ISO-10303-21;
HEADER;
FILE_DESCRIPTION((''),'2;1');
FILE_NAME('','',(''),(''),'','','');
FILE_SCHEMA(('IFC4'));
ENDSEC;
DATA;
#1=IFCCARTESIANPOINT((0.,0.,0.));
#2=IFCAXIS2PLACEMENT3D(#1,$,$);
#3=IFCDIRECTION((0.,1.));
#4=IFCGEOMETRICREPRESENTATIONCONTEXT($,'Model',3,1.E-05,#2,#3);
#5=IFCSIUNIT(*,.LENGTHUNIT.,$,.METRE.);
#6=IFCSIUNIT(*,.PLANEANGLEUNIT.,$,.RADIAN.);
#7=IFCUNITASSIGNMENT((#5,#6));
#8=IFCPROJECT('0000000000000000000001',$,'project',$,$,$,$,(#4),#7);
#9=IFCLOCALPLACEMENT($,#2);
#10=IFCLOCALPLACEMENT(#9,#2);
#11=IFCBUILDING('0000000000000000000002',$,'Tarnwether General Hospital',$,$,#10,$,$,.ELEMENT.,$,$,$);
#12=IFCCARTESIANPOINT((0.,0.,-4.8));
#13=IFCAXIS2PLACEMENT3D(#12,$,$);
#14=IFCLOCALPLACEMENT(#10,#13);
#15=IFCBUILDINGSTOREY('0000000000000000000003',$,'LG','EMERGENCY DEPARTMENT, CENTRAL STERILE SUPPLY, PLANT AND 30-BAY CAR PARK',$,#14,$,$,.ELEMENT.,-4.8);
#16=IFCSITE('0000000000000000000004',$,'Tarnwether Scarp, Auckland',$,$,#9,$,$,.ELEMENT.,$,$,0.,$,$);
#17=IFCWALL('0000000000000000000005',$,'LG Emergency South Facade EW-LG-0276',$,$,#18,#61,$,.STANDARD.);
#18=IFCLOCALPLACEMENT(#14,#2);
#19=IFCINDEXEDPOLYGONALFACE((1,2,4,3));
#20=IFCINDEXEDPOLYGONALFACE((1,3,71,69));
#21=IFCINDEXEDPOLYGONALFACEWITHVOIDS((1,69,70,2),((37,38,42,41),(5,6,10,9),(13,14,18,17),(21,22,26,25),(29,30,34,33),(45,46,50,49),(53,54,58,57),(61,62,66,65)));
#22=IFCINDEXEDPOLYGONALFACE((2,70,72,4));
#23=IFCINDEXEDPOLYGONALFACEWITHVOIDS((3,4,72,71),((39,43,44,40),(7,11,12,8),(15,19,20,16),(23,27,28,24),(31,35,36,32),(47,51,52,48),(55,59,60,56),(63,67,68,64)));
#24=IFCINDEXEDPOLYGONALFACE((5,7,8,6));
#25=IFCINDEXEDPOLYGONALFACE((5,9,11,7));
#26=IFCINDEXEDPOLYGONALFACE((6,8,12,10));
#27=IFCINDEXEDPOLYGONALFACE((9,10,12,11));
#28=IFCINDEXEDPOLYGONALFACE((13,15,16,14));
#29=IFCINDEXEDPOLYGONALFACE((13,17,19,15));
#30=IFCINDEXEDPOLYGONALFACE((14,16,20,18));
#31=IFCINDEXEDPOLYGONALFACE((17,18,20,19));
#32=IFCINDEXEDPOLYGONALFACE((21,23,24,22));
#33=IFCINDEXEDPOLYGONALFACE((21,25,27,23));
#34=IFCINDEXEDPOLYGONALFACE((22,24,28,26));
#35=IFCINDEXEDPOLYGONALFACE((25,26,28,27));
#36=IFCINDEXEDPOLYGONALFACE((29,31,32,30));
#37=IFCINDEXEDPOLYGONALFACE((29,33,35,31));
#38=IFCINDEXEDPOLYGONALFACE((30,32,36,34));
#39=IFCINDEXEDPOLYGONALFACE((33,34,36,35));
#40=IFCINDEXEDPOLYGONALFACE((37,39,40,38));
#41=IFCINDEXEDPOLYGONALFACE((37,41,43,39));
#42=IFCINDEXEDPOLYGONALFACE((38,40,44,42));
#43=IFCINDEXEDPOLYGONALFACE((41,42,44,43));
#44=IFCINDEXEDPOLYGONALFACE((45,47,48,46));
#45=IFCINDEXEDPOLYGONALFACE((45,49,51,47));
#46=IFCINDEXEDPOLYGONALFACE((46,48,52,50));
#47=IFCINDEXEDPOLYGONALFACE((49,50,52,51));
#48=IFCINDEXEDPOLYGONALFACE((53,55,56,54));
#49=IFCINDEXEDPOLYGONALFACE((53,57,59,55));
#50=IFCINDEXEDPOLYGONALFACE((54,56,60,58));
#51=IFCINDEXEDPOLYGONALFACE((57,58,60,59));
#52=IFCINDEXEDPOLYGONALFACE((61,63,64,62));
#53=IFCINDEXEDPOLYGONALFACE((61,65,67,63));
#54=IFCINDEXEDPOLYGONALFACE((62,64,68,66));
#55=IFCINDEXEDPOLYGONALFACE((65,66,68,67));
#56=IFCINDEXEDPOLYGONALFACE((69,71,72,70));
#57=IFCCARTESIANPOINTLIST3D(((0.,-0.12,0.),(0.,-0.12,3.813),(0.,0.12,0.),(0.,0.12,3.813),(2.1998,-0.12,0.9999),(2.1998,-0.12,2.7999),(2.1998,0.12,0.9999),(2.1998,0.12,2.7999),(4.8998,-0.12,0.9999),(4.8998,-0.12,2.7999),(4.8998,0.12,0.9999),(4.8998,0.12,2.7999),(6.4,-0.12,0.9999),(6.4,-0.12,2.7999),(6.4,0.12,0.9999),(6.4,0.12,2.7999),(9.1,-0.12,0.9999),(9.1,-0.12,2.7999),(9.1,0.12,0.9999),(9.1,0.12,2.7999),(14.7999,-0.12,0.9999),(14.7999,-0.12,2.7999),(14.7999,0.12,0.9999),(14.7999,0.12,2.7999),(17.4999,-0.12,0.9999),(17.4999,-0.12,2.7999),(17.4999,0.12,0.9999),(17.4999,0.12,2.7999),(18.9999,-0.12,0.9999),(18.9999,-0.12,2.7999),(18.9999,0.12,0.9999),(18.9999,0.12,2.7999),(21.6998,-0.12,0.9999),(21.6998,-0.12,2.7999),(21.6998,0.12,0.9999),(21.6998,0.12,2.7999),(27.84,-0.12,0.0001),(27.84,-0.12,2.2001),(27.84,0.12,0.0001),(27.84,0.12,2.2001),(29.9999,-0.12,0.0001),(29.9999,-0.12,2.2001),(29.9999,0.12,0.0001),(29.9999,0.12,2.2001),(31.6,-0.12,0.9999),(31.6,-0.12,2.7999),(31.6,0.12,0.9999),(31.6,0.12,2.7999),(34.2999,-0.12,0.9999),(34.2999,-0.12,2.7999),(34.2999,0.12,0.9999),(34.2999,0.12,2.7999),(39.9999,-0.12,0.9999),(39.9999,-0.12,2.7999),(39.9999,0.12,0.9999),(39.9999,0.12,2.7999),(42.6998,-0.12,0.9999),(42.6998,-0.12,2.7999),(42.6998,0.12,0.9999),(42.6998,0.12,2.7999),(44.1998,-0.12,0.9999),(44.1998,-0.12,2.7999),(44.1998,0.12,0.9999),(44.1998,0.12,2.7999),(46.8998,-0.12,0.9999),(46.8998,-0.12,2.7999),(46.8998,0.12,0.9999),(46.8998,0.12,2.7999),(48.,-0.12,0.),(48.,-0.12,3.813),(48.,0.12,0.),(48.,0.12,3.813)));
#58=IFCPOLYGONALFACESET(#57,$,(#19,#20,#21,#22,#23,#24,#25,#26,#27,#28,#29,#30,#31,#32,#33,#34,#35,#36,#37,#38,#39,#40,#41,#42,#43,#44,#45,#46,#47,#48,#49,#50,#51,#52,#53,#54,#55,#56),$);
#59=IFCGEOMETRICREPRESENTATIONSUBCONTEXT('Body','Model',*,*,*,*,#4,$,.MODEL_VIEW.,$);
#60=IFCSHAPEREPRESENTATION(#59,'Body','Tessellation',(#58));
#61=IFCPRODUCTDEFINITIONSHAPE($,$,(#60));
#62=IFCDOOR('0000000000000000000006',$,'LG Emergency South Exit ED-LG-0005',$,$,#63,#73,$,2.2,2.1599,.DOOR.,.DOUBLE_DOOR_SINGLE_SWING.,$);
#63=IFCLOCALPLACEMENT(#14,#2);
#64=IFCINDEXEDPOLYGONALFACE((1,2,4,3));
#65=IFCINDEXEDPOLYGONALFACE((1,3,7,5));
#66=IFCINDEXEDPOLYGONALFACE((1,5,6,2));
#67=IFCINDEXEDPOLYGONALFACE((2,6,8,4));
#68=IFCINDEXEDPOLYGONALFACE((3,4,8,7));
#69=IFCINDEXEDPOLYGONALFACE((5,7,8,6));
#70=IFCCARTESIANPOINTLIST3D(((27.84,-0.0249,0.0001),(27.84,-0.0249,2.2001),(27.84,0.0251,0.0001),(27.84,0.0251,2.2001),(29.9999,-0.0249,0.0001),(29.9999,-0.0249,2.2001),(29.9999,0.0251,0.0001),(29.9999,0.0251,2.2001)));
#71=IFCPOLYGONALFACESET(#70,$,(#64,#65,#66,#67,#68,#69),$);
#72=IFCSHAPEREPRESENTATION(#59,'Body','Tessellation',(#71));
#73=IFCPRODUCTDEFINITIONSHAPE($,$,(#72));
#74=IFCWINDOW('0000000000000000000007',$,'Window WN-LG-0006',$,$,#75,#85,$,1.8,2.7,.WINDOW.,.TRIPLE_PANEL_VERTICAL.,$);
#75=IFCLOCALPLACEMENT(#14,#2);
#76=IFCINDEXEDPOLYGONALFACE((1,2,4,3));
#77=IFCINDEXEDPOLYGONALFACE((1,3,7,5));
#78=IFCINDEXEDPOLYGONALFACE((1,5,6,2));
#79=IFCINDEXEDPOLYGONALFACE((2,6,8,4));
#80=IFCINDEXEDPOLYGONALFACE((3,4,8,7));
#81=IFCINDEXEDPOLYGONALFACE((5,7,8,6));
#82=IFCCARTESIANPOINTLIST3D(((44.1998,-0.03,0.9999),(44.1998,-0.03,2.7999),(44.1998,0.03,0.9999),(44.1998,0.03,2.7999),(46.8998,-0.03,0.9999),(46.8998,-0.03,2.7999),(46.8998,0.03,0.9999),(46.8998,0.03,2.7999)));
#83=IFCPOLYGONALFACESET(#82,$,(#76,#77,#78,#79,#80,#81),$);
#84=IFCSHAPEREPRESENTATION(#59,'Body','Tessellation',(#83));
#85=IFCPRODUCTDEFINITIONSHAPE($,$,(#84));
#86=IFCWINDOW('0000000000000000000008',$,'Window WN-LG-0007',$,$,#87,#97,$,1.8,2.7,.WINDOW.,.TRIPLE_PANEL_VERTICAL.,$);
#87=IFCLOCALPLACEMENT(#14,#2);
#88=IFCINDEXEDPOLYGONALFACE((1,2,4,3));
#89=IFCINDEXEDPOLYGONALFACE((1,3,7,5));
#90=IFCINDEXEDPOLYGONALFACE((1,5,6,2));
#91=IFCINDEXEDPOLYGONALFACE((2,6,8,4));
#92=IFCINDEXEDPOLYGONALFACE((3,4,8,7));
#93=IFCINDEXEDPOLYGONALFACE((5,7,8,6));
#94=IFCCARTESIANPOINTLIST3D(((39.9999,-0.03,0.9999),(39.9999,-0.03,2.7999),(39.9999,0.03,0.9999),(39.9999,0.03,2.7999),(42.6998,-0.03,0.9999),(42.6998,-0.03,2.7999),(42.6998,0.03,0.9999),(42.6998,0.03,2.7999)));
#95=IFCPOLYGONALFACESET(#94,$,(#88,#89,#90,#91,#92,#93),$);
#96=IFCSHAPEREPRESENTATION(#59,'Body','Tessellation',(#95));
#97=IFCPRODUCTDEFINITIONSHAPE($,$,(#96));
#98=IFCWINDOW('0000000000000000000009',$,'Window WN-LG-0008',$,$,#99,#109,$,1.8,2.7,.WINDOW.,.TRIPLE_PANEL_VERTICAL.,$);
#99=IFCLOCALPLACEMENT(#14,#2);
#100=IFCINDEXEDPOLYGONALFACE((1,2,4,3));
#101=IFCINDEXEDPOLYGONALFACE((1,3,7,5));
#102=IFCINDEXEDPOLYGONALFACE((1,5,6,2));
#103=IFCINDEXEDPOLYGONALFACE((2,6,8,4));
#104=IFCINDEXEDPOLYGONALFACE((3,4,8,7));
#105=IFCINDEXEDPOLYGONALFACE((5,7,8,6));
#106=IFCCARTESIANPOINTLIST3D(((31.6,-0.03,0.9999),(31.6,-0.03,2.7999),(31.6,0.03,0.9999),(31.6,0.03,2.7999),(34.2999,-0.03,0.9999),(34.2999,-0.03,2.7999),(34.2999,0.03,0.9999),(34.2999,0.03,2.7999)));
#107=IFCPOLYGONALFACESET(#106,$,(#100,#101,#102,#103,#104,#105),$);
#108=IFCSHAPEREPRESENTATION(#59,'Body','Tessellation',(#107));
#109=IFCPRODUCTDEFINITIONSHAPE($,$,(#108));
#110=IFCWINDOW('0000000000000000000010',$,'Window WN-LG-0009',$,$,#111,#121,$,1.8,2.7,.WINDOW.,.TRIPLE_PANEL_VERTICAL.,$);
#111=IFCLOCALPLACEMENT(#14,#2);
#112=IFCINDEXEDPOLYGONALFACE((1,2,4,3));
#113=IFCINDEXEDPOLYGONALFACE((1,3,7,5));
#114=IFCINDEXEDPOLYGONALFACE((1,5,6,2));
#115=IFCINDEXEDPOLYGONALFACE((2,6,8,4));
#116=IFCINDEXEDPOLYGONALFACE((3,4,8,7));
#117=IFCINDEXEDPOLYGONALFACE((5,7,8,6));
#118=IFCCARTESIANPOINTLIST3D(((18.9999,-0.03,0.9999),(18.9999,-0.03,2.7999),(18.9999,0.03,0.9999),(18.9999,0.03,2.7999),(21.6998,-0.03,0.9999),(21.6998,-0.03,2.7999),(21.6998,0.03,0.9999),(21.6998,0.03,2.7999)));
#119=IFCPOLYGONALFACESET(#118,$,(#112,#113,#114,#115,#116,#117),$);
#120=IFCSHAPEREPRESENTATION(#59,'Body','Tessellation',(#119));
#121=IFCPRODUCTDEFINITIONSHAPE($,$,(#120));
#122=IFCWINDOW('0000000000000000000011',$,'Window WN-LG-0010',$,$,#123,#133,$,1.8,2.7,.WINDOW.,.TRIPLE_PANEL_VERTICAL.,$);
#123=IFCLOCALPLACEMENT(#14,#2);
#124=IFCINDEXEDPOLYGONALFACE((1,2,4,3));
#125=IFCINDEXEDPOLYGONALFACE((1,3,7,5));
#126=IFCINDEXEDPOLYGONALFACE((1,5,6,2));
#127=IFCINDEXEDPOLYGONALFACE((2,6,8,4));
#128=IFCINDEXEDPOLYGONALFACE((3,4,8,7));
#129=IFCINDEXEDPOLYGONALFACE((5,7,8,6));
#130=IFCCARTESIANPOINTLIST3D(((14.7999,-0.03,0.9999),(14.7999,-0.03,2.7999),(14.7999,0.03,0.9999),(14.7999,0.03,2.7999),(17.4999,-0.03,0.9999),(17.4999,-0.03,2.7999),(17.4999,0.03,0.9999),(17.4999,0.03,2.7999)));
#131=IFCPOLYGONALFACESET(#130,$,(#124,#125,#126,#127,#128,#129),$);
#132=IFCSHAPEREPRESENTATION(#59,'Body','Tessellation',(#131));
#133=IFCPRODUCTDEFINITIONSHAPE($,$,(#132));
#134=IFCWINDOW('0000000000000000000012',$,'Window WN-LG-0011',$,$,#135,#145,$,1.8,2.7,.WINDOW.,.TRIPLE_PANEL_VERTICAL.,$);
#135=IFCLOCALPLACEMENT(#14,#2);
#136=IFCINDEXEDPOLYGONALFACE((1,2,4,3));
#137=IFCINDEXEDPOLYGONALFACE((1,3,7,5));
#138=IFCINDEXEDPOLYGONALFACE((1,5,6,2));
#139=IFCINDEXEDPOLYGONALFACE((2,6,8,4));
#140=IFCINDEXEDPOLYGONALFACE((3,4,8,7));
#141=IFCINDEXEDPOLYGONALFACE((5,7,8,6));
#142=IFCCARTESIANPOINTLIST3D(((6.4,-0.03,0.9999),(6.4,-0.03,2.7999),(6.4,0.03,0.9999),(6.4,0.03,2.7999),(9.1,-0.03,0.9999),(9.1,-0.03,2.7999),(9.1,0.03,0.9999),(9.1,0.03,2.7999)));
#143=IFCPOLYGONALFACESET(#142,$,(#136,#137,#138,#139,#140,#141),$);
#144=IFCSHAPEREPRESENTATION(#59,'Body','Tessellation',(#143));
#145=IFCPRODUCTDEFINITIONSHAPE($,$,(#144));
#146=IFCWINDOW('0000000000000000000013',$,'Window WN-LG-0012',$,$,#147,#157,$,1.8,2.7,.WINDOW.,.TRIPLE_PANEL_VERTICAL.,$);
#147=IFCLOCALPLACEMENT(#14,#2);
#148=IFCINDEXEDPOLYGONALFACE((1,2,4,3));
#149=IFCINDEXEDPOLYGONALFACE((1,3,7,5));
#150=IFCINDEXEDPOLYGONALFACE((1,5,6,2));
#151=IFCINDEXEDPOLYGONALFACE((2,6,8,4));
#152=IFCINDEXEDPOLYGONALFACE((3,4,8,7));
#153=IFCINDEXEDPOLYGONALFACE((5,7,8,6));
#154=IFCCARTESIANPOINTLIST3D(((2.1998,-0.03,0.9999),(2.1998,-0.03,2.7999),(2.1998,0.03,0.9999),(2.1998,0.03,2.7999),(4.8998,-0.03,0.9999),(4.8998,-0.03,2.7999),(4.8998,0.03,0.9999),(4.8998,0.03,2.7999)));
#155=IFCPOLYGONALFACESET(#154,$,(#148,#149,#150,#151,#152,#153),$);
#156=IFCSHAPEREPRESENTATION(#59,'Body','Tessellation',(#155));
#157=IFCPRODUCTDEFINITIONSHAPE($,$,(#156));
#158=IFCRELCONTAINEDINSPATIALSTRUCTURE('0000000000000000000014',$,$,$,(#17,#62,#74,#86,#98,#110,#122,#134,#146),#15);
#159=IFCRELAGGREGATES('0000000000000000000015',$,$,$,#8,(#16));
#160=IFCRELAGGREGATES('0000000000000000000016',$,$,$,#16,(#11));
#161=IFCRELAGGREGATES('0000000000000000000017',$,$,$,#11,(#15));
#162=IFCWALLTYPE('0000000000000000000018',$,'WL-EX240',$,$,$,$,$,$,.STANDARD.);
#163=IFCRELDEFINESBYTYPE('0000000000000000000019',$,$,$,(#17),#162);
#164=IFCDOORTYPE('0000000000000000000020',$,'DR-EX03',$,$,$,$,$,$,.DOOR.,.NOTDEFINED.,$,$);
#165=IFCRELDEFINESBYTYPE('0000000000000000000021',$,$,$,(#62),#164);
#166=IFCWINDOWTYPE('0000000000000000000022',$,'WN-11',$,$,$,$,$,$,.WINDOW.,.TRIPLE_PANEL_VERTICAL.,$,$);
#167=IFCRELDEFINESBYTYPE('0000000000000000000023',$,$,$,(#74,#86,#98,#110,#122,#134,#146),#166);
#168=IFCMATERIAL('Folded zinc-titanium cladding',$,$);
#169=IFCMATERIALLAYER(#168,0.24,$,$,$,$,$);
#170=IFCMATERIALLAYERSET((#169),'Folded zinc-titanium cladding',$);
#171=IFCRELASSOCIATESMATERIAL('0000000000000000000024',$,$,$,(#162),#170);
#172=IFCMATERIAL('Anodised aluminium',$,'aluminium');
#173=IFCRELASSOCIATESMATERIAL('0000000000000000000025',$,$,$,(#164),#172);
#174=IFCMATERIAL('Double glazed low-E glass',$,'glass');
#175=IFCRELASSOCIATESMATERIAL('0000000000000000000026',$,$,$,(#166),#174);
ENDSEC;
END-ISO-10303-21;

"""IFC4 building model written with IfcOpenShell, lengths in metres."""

from ifc_helpers import new_model, si_unit, direction, frame, frame_2d, origin, place, context, subcontext, project, spatial, rectangle, extrude, material, layer, layer_set, type_object, element, fill, save


model = new_model("IFC4")

# Units and contexts
model_context = context("Model", 3, precision=1e-05, world=origin(), true_north=direction((0.0, 1.0)))
body_context = subcontext(model_context, "Body", "Model", "MODEL_VIEW")
ifc_project = project(units=[si_unit("LENGTHUNIT", "METRE"), si_unit("PLANEANGLEUNIT", "RADIAN")], contexts=[model_context])

# Site, building, storey
site_placement = place(None, origin())
site = spatial("IfcSite", under=ifc_project, at=site_placement, Name="Tarnwether Scarp, Auckland", CompositionType="ELEMENT", RefElevation=0.0)
building_placement = place(site_placement, origin())
building = spatial("IfcBuilding", under=site, at=building_placement, Name="Tarnwether General Hospital", CompositionType="ELEMENT")
storey_placement = place(building_placement, frame((0.0, 0.0, -4.8)))
storey = spatial("IfcBuildingStorey", under=building, at=storey_placement, Name="LG", Description="EMERGENCY DEPARTMENT, CENTRAL STERILE SUPPLY, PLANT AND 30-BAY CAR PARK", CompositionType="ELEMENT", Elevation=-4.8)

# Wall, openings, door, windows
ifc_material_1 = material(Name="Folded zinc-titanium cladding")
ifc_layer_1 = layer(ifc_material_1, 0.24)
ifc_layer_set_1 = layer_set([ifc_layer_1], Name="Folded zinc-titanium cladding")
wall_type_1 = type_object("IfcWallType", Name="WL-EX240", PredefinedType="STANDARD", material=ifc_layer_set_1)
wall_1_placement = place(storey_placement, frame((48.0, 0.0, 0.0), z_axis=(0.0, 0.0, 1.0), x_axis=(-1.0, 0.0, 0.0)))
wall_1 = element("IfcWall", 1, at=wall_1_placement, inside=storey, type_object=wall_type_1, Name="LG Emergency South Facade EW-LG-0276", PredefinedType="STANDARD", context=body_context, shape_type="SweptSolid", body=[
    extrude(rectangle(XDim=48.0, YDim=0.24, at=frame_2d((24.0, 0.0))), origin(), (0.0, 0.0, 1.0), 3.813),
])
opening_1_placement = place(wall_1_placement, frame((18.0, 0.0, 0.0)))
opening_1 = element("IfcOpeningElement", 2, at=opening_1_placement, cuts=wall_1, PredefinedType="OPENING", context=body_context, shape_type="SweptSolid", body=[
    extrude(rectangle(XDim=2.1599, YDim=2.2, at=frame_2d((1.0801, 1.1001))), frame((0.0, 0.1299, 0.0), z_axis=(0.0, -1.0, 0.0), x_axis=(1.0, 0.0, 0.0)), (0.0, 0.0, 1.0), 0.26),
])
opening_2_placement = place(wall_1_placement, frame((1.1001, 0.0, 1.0)))
opening_2 = element("IfcOpeningElement", 3, at=opening_2_placement, cuts=wall_1, PredefinedType="OPENING", context=body_context, shape_type="SweptSolid", body=[
    extrude(rectangle(XDim=2.7, YDim=1.8, at=frame_2d((1.3501, 0.8999))), frame((0.0, 0.1299, 0.0), z_axis=(0.0, -1.0, 0.0), x_axis=(1.0, 0.0, 0.0)), (0.0, 0.0, 1.0), 0.26),
])
opening_3_placement = place(wall_1_placement, frame((5.3, 0.0, 1.0)))
opening_3 = element("IfcOpeningElement", 4, at=opening_3_placement, cuts=wall_1, PredefinedType="OPENING", context=body_context, shape_type="SweptSolid", body=[
    extrude(rectangle(XDim=2.7, YDim=1.8, at=frame_2d((1.3501, 0.8999))), frame((0.0, 0.1299, 0.0), z_axis=(0.0, -1.0, 0.0), x_axis=(1.0, 0.0, 0.0)), (0.0, 0.0, 1.0), 0.26),
])
opening_4_placement = place(wall_1_placement, frame((13.7, 0.0, 1.0)))
opening_4 = element("IfcOpeningElement", 5, at=opening_4_placement, cuts=wall_1, PredefinedType="OPENING", context=body_context, shape_type="SweptSolid", body=[
    extrude(rectangle(XDim=2.7, YDim=1.8, at=frame_2d((1.3501, 0.8999))), frame((0.0, 0.1299, 0.0), z_axis=(0.0, -1.0, 0.0), x_axis=(1.0, 0.0, 0.0)), (0.0, 0.0, 1.0), 0.26),
])
opening_5_placement = place(wall_1_placement, frame((26.3, 0.0, 1.0)))
opening_5 = element("IfcOpeningElement", 6, at=opening_5_placement, cuts=wall_1, PredefinedType="OPENING", context=body_context, shape_type="SweptSolid", body=[
    extrude(rectangle(XDim=2.7, YDim=1.8, at=frame_2d((1.3501, 0.8999))), frame((0.0, 0.1299, 0.0), z_axis=(0.0, -1.0, 0.0), x_axis=(1.0, 0.0, 0.0)), (0.0, 0.0, 1.0), 0.26),
])
opening_6_placement = place(wall_1_placement, frame((30.5, 0.0, 1.0)))
opening_6 = element("IfcOpeningElement", 7, at=opening_6_placement, cuts=wall_1, PredefinedType="OPENING", context=body_context, shape_type="SweptSolid", body=[
    extrude(rectangle(XDim=2.7, YDim=1.8, at=frame_2d((1.3501, 0.8999))), frame((0.0, 0.1299, 0.0), z_axis=(0.0, -1.0, 0.0), x_axis=(1.0, 0.0, 0.0)), (0.0, 0.0, 1.0), 0.26),
])
opening_7_placement = place(wall_1_placement, frame((38.8999, 0.0, 1.0)))
opening_7 = element("IfcOpeningElement", 8, at=opening_7_placement, cuts=wall_1, PredefinedType="OPENING", context=body_context, shape_type="SweptSolid", body=[
    extrude(rectangle(XDim=2.7, YDim=1.8, at=frame_2d((1.3501, 0.8999))), frame((0.0, 0.1299, 0.0), z_axis=(0.0, -1.0, 0.0), x_axis=(1.0, 0.0, 0.0)), (0.0, 0.0, 1.0), 0.26),
])
opening_8_placement = place(wall_1_placement, frame((43.1001, 0.0, 1.0)))
opening_8 = element("IfcOpeningElement", 9, at=opening_8_placement, cuts=wall_1, PredefinedType="OPENING", context=body_context, shape_type="SweptSolid", body=[
    extrude(rectangle(XDim=2.7, YDim=1.8, at=frame_2d((1.3501, 0.8999))), frame((0.0, 0.1299, 0.0), z_axis=(0.0, -1.0, 0.0), x_axis=(1.0, 0.0, 0.0)), (0.0, 0.0, 1.0), 0.26),
])
ifc_material_2 = material(Name="Anodised aluminium", Category="aluminium")
door_type = type_object("IfcDoorType", Name="DR-EX03", OperationType="NOTDEFINED", PredefinedType="DOOR", material=ifc_material_2)
door_placement = place(opening_1_placement, origin())
door = element("IfcDoor", 10, at=door_placement, inside=storey, type_object=door_type, Name="LG Emergency South Exit ED-LG-0005", OperationType="DOUBLE_DOOR_SINGLE_SWING", OverallHeight=2.2, OverallWidth=2.1599, PredefinedType="DOOR", context=body_context, shape_type="SweptSolid", body=[
    extrude(rectangle(XDim=2.1599, YDim=2.2, at=frame_2d((1.0801, 1.1001))), frame((0.0, 0.0249, 0.0), z_axis=(0.0, -1.0, 0.0), x_axis=(1.0, 0.0, 0.0)), (0.0, 0.0, 1.0), 0.05),
])
fill(opening_1, door)
ifc_material_3 = material(Name="Double glazed low-E glass", Category="glass")
window_type = type_object("IfcWindowType", Name="WN-11", PartitioningType="TRIPLE_PANEL_VERTICAL", PredefinedType="WINDOW", material=ifc_material_3)
window_1_placement = place(opening_2_placement, origin())
window_1 = element("IfcWindow", 11, at=window_1_placement, inside=storey, type_object=window_type, Name="Window WN-LG-0006", OverallHeight=1.8, OverallWidth=2.7, PartitioningType="TRIPLE_PANEL_VERTICAL", PredefinedType="WINDOW", context=body_context, shape_type="SweptSolid", body=[
    extrude(rectangle(XDim=2.7, YDim=1.8, at=frame_2d((1.3501, 0.8999))), frame((0.0, 0.03, 0.0), z_axis=(0.0, -1.0, 0.0), x_axis=(1.0, 0.0, 0.0)), (0.0, 0.0, 1.0), 0.0601),
])
fill(opening_2, window_1)
window_2_placement = place(opening_3_placement, origin())
window_2 = element("IfcWindow", 12, at=window_2_placement, inside=storey, type_object=window_type, Name="Window WN-LG-0007", OverallHeight=1.8, OverallWidth=2.7, PartitioningType="TRIPLE_PANEL_VERTICAL", PredefinedType="WINDOW", context=body_context, shape_type="SweptSolid", body=[
    extrude(rectangle(XDim=2.7, YDim=1.8, at=frame_2d((1.3501, 0.8999))), frame((0.0, 0.03, 0.0), z_axis=(0.0, -1.0, 0.0), x_axis=(1.0, 0.0, 0.0)), (0.0, 0.0, 1.0), 0.0601),
])
fill(opening_3, window_2)
window_3_placement = place(opening_4_placement, origin())
window_3 = element("IfcWindow", 13, at=window_3_placement, inside=storey, type_object=window_type, Name="Window WN-LG-0008", OverallHeight=1.8, OverallWidth=2.7, PartitioningType="TRIPLE_PANEL_VERTICAL", PredefinedType="WINDOW", context=body_context, shape_type="SweptSolid", body=[
    extrude(rectangle(XDim=2.7, YDim=1.8, at=frame_2d((1.3501, 0.8999))), frame((0.0, 0.03, 0.0), z_axis=(0.0, -1.0, 0.0), x_axis=(1.0, 0.0, 0.0)), (0.0, 0.0, 1.0), 0.0601),
])
fill(opening_4, window_3)
window_4_placement = place(opening_5_placement, origin())
window_4 = element("IfcWindow", 14, at=window_4_placement, inside=storey, type_object=window_type, Name="Window WN-LG-0009", OverallHeight=1.8, OverallWidth=2.7, PartitioningType="TRIPLE_PANEL_VERTICAL", PredefinedType="WINDOW", context=body_context, shape_type="SweptSolid", body=[
    extrude(rectangle(XDim=2.7, YDim=1.8, at=frame_2d((1.3501, 0.8999))), frame((0.0, 0.03, 0.0), z_axis=(0.0, -1.0, 0.0), x_axis=(1.0, 0.0, 0.0)), (0.0, 0.0, 1.0), 0.0601),
])
fill(opening_5, window_4)
window_5_placement = place(opening_6_placement, origin())
window_5 = element("IfcWindow", 15, at=window_5_placement, inside=storey, type_object=window_type, Name="Window WN-LG-0010", OverallHeight=1.8, OverallWidth=2.7, PartitioningType="TRIPLE_PANEL_VERTICAL", PredefinedType="WINDOW", context=body_context, shape_type="SweptSolid", body=[
    extrude(rectangle(XDim=2.7, YDim=1.8, at=frame_2d((1.3501, 0.8999))), frame((0.0, 0.03, 0.0), z_axis=(0.0, -1.0, 0.0), x_axis=(1.0, 0.0, 0.0)), (0.0, 0.0, 1.0), 0.0601),
])
fill(opening_6, window_5)
window_6_placement = place(opening_7_placement, origin())
window_6 = element("IfcWindow", 16, at=window_6_placement, inside=storey, type_object=window_type, Name="Window WN-LG-0011", OverallHeight=1.8, OverallWidth=2.7, PartitioningType="TRIPLE_PANEL_VERTICAL", PredefinedType="WINDOW", context=body_context, shape_type="SweptSolid", body=[
    extrude(rectangle(XDim=2.7, YDim=1.8, at=frame_2d((1.3501, 0.8999))), frame((0.0, 0.03, 0.0), z_axis=(0.0, -1.0, 0.0), x_axis=(1.0, 0.0, 0.0)), (0.0, 0.0, 1.0), 0.0601),
])
fill(opening_7, window_6)
window_7_placement = place(opening_8_placement, origin())
window_7 = element("IfcWindow", 17, at=window_7_placement, inside=storey, type_object=window_type, Name="Window WN-LG-0012", OverallHeight=1.8, OverallWidth=2.7, PartitioningType="TRIPLE_PANEL_VERTICAL", PredefinedType="WINDOW", context=body_context, shape_type="SweptSolid", body=[
    extrude(rectangle(XDim=2.7, YDim=1.8, at=frame_2d((1.3501, 0.8999))), frame((0.0, 0.03, 0.0), z_axis=(0.0, -1.0, 0.0), x_axis=(1.0, 0.0, 0.0)), (0.0, 0.0, 1.0), 0.0601),
])
fill(opening_8, window_7)

save(model, "model.ifc")
